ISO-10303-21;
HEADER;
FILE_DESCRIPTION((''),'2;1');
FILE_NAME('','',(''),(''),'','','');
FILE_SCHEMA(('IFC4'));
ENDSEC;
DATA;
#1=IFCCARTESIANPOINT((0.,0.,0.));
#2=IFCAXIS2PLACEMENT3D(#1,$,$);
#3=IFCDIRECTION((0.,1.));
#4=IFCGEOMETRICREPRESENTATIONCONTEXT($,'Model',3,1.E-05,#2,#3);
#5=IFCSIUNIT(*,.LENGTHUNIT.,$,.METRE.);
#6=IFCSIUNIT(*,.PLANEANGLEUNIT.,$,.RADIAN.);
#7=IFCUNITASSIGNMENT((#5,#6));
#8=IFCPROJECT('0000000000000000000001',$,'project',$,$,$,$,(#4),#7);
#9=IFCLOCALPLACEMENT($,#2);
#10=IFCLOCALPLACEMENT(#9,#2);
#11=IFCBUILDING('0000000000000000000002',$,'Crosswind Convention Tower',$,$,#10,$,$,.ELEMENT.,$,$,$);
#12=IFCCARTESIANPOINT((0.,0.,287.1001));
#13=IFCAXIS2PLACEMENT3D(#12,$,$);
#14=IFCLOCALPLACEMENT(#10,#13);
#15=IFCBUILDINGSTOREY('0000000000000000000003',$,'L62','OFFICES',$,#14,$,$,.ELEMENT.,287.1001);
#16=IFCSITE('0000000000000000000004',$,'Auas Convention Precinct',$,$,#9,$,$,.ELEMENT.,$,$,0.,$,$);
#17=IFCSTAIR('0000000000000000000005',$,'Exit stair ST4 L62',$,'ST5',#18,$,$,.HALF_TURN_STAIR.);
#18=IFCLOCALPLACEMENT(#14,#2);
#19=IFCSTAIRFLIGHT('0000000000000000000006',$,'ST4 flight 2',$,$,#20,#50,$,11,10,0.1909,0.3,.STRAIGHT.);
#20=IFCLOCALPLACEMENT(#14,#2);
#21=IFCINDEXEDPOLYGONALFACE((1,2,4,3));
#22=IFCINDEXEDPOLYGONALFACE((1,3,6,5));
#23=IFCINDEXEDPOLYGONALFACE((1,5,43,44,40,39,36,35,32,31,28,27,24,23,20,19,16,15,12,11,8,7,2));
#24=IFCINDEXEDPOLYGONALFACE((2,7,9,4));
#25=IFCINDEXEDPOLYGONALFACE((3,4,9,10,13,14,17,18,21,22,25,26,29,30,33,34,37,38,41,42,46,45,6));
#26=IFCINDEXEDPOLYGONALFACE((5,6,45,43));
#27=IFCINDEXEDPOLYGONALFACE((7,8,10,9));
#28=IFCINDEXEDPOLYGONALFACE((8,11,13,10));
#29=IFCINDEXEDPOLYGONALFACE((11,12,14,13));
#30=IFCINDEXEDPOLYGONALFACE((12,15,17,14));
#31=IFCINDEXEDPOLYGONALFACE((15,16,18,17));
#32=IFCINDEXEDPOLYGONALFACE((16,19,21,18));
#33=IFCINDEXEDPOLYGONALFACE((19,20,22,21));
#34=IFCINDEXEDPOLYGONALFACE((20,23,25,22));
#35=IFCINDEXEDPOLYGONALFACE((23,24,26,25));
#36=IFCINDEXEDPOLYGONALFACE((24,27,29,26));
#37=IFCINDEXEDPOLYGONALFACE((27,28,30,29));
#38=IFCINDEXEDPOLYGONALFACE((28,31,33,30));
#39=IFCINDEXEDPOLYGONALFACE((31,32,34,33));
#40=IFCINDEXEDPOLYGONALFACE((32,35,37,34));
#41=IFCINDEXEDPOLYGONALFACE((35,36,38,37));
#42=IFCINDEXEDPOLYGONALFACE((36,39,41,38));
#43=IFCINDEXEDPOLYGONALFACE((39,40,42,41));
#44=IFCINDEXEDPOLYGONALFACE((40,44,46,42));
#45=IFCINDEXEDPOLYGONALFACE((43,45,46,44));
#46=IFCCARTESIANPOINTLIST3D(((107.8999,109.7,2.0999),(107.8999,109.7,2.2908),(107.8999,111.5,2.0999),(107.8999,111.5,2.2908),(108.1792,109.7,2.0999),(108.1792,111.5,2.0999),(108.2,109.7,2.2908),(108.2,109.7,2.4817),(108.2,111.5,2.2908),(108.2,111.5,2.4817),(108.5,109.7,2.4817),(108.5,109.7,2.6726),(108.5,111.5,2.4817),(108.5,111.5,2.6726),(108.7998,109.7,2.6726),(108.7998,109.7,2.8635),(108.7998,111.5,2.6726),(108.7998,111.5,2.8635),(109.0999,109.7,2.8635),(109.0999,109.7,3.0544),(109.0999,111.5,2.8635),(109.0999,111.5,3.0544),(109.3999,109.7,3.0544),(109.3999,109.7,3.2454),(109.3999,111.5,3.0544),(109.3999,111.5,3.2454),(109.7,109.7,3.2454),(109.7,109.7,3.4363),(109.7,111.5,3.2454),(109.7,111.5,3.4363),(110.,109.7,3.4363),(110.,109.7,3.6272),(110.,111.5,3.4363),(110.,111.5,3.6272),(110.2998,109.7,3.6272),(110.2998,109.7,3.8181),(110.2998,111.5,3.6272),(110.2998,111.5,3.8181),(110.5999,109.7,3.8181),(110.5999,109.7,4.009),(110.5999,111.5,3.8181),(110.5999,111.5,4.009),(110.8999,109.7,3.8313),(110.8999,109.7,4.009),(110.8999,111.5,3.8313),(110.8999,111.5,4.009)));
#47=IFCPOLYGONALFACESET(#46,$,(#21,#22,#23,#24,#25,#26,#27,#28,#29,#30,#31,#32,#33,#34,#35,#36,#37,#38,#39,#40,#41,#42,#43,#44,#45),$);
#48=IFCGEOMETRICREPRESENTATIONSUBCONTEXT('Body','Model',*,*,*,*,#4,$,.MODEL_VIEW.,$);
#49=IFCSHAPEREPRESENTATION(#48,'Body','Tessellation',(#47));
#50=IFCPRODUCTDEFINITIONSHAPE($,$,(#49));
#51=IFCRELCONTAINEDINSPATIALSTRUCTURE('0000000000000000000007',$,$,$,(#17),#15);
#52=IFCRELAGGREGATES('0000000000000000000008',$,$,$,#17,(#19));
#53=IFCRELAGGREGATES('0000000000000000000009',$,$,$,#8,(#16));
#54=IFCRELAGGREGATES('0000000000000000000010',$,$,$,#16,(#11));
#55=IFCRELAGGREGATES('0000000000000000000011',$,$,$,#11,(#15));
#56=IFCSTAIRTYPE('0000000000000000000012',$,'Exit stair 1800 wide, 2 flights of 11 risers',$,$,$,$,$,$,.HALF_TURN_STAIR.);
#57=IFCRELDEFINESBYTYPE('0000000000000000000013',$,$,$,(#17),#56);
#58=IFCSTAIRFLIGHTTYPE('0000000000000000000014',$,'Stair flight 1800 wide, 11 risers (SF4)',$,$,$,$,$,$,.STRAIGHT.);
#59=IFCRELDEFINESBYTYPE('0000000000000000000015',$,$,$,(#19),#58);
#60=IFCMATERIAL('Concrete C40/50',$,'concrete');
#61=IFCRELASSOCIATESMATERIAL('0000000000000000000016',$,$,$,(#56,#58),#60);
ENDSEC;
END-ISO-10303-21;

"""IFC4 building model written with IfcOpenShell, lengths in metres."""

from ifc_helpers import new_model, si_unit, direction, frame, origin, place, context, subcontext, project, spatial, polyline, outline, extrude, material, type_object, element, aggregate, save


model = new_model("IFC4")

# Units and contexts
model_context = context("Model", 3, precision=1e-05, world=origin(), true_north=direction((0.0, 1.0)))
body_context = subcontext(model_context, "Body", "Model", "MODEL_VIEW")
ifc_project = project(units=[si_unit("LENGTHUNIT", "METRE"), si_unit("PLANEANGLEUNIT", "RADIAN")], contexts=[model_context])

# Site, building, storey
site_placement = place(None, origin())
site = spatial("IfcSite", under=ifc_project, at=site_placement, Name="Auas Convention Precinct", CompositionType="ELEMENT", RefElevation=0.0)
building_placement = place(site_placement, origin())
building = spatial("IfcBuilding", under=site, at=building_placement, Name="Crosswind Convention Tower", CompositionType="ELEMENT")
storey_placement = place(building_placement, frame((0.0, 0.0, 287.1001)))
storey = spatial("IfcBuildingStorey", under=building, at=storey_placement, Name="L62", Description="OFFICES", CompositionType="ELEMENT", Elevation=287.1001)

# Stair, stair flight
ifc_material_1 = material(Name="Concrete C40/50", Category="concrete")
stair_type = type_object("IfcStairType", Name="Exit stair 1800 wide, 2 flights of 11 risers", PredefinedType="HALF_TURN_STAIR", material=ifc_material_1)
stair_placement = place(storey_placement, origin())
stair = element("IfcStair", 1, at=stair_placement, inside=storey, type_object=stair_type, Name="Exit stair ST4 L62", ObjectType="ST5", PredefinedType="HALF_TURN_STAIR")
stair_flight_type = type_object("IfcStairFlightType", Name="Stair flight 1800 wide, 11 risers (SF4)", PredefinedType="STRAIGHT", material=ifc_material_1)
stair_flight_placement = place(storey_placement, frame((107.8999, 110.6001, 2.0999), z_axis=(0.0, 0.0, 1.0), x_axis=(1.0, 0.0, 0.0)))
stair_flight = element("IfcStairFlight", 2, at=stair_flight_placement, type_object=stair_flight_type, Name="ST4 flight 2", NumberOfRisers=11, NumberOfTreads=10, PredefinedType="STRAIGHT", RiserHeight=0.1909, TreadLength=0.3, context=body_context, shape_type="SweptSolid", body=[
    extrude(outline(polyline([(0.0, 0.0), (0.0, 0.1909), (0.3, 0.1909), (0.3, 0.3818), (0.6001, 0.3818), (0.6001, 0.5728), (0.8999, 0.5728), (0.8999, 0.7637), (1.2, 0.7637), (1.2, 0.9546), (1.5, 0.9546), (1.5, 1.1455), (1.8, 1.1455), (1.8, 1.3364), (2.1001, 1.3364), (2.1001, 1.5273), (2.3999, 1.5273), (2.3999, 1.7183), (2.7, 1.7183), (2.7, 1.9092), (3.0, 1.9092), (3.0, 2.1001), (3.0, 1.7314), (0.2793, 0.0), (0.0, 0.0)])), frame((0.0, 0.8999, 0.0), z_axis=(0.0, -1.0, 0.0), x_axis=(1.0, 0.0, 0.0)), (0.0, 0.0, 1.0), 1.8),
])
aggregate(stair, [stair_flight])

save(model, "model.ifc")
